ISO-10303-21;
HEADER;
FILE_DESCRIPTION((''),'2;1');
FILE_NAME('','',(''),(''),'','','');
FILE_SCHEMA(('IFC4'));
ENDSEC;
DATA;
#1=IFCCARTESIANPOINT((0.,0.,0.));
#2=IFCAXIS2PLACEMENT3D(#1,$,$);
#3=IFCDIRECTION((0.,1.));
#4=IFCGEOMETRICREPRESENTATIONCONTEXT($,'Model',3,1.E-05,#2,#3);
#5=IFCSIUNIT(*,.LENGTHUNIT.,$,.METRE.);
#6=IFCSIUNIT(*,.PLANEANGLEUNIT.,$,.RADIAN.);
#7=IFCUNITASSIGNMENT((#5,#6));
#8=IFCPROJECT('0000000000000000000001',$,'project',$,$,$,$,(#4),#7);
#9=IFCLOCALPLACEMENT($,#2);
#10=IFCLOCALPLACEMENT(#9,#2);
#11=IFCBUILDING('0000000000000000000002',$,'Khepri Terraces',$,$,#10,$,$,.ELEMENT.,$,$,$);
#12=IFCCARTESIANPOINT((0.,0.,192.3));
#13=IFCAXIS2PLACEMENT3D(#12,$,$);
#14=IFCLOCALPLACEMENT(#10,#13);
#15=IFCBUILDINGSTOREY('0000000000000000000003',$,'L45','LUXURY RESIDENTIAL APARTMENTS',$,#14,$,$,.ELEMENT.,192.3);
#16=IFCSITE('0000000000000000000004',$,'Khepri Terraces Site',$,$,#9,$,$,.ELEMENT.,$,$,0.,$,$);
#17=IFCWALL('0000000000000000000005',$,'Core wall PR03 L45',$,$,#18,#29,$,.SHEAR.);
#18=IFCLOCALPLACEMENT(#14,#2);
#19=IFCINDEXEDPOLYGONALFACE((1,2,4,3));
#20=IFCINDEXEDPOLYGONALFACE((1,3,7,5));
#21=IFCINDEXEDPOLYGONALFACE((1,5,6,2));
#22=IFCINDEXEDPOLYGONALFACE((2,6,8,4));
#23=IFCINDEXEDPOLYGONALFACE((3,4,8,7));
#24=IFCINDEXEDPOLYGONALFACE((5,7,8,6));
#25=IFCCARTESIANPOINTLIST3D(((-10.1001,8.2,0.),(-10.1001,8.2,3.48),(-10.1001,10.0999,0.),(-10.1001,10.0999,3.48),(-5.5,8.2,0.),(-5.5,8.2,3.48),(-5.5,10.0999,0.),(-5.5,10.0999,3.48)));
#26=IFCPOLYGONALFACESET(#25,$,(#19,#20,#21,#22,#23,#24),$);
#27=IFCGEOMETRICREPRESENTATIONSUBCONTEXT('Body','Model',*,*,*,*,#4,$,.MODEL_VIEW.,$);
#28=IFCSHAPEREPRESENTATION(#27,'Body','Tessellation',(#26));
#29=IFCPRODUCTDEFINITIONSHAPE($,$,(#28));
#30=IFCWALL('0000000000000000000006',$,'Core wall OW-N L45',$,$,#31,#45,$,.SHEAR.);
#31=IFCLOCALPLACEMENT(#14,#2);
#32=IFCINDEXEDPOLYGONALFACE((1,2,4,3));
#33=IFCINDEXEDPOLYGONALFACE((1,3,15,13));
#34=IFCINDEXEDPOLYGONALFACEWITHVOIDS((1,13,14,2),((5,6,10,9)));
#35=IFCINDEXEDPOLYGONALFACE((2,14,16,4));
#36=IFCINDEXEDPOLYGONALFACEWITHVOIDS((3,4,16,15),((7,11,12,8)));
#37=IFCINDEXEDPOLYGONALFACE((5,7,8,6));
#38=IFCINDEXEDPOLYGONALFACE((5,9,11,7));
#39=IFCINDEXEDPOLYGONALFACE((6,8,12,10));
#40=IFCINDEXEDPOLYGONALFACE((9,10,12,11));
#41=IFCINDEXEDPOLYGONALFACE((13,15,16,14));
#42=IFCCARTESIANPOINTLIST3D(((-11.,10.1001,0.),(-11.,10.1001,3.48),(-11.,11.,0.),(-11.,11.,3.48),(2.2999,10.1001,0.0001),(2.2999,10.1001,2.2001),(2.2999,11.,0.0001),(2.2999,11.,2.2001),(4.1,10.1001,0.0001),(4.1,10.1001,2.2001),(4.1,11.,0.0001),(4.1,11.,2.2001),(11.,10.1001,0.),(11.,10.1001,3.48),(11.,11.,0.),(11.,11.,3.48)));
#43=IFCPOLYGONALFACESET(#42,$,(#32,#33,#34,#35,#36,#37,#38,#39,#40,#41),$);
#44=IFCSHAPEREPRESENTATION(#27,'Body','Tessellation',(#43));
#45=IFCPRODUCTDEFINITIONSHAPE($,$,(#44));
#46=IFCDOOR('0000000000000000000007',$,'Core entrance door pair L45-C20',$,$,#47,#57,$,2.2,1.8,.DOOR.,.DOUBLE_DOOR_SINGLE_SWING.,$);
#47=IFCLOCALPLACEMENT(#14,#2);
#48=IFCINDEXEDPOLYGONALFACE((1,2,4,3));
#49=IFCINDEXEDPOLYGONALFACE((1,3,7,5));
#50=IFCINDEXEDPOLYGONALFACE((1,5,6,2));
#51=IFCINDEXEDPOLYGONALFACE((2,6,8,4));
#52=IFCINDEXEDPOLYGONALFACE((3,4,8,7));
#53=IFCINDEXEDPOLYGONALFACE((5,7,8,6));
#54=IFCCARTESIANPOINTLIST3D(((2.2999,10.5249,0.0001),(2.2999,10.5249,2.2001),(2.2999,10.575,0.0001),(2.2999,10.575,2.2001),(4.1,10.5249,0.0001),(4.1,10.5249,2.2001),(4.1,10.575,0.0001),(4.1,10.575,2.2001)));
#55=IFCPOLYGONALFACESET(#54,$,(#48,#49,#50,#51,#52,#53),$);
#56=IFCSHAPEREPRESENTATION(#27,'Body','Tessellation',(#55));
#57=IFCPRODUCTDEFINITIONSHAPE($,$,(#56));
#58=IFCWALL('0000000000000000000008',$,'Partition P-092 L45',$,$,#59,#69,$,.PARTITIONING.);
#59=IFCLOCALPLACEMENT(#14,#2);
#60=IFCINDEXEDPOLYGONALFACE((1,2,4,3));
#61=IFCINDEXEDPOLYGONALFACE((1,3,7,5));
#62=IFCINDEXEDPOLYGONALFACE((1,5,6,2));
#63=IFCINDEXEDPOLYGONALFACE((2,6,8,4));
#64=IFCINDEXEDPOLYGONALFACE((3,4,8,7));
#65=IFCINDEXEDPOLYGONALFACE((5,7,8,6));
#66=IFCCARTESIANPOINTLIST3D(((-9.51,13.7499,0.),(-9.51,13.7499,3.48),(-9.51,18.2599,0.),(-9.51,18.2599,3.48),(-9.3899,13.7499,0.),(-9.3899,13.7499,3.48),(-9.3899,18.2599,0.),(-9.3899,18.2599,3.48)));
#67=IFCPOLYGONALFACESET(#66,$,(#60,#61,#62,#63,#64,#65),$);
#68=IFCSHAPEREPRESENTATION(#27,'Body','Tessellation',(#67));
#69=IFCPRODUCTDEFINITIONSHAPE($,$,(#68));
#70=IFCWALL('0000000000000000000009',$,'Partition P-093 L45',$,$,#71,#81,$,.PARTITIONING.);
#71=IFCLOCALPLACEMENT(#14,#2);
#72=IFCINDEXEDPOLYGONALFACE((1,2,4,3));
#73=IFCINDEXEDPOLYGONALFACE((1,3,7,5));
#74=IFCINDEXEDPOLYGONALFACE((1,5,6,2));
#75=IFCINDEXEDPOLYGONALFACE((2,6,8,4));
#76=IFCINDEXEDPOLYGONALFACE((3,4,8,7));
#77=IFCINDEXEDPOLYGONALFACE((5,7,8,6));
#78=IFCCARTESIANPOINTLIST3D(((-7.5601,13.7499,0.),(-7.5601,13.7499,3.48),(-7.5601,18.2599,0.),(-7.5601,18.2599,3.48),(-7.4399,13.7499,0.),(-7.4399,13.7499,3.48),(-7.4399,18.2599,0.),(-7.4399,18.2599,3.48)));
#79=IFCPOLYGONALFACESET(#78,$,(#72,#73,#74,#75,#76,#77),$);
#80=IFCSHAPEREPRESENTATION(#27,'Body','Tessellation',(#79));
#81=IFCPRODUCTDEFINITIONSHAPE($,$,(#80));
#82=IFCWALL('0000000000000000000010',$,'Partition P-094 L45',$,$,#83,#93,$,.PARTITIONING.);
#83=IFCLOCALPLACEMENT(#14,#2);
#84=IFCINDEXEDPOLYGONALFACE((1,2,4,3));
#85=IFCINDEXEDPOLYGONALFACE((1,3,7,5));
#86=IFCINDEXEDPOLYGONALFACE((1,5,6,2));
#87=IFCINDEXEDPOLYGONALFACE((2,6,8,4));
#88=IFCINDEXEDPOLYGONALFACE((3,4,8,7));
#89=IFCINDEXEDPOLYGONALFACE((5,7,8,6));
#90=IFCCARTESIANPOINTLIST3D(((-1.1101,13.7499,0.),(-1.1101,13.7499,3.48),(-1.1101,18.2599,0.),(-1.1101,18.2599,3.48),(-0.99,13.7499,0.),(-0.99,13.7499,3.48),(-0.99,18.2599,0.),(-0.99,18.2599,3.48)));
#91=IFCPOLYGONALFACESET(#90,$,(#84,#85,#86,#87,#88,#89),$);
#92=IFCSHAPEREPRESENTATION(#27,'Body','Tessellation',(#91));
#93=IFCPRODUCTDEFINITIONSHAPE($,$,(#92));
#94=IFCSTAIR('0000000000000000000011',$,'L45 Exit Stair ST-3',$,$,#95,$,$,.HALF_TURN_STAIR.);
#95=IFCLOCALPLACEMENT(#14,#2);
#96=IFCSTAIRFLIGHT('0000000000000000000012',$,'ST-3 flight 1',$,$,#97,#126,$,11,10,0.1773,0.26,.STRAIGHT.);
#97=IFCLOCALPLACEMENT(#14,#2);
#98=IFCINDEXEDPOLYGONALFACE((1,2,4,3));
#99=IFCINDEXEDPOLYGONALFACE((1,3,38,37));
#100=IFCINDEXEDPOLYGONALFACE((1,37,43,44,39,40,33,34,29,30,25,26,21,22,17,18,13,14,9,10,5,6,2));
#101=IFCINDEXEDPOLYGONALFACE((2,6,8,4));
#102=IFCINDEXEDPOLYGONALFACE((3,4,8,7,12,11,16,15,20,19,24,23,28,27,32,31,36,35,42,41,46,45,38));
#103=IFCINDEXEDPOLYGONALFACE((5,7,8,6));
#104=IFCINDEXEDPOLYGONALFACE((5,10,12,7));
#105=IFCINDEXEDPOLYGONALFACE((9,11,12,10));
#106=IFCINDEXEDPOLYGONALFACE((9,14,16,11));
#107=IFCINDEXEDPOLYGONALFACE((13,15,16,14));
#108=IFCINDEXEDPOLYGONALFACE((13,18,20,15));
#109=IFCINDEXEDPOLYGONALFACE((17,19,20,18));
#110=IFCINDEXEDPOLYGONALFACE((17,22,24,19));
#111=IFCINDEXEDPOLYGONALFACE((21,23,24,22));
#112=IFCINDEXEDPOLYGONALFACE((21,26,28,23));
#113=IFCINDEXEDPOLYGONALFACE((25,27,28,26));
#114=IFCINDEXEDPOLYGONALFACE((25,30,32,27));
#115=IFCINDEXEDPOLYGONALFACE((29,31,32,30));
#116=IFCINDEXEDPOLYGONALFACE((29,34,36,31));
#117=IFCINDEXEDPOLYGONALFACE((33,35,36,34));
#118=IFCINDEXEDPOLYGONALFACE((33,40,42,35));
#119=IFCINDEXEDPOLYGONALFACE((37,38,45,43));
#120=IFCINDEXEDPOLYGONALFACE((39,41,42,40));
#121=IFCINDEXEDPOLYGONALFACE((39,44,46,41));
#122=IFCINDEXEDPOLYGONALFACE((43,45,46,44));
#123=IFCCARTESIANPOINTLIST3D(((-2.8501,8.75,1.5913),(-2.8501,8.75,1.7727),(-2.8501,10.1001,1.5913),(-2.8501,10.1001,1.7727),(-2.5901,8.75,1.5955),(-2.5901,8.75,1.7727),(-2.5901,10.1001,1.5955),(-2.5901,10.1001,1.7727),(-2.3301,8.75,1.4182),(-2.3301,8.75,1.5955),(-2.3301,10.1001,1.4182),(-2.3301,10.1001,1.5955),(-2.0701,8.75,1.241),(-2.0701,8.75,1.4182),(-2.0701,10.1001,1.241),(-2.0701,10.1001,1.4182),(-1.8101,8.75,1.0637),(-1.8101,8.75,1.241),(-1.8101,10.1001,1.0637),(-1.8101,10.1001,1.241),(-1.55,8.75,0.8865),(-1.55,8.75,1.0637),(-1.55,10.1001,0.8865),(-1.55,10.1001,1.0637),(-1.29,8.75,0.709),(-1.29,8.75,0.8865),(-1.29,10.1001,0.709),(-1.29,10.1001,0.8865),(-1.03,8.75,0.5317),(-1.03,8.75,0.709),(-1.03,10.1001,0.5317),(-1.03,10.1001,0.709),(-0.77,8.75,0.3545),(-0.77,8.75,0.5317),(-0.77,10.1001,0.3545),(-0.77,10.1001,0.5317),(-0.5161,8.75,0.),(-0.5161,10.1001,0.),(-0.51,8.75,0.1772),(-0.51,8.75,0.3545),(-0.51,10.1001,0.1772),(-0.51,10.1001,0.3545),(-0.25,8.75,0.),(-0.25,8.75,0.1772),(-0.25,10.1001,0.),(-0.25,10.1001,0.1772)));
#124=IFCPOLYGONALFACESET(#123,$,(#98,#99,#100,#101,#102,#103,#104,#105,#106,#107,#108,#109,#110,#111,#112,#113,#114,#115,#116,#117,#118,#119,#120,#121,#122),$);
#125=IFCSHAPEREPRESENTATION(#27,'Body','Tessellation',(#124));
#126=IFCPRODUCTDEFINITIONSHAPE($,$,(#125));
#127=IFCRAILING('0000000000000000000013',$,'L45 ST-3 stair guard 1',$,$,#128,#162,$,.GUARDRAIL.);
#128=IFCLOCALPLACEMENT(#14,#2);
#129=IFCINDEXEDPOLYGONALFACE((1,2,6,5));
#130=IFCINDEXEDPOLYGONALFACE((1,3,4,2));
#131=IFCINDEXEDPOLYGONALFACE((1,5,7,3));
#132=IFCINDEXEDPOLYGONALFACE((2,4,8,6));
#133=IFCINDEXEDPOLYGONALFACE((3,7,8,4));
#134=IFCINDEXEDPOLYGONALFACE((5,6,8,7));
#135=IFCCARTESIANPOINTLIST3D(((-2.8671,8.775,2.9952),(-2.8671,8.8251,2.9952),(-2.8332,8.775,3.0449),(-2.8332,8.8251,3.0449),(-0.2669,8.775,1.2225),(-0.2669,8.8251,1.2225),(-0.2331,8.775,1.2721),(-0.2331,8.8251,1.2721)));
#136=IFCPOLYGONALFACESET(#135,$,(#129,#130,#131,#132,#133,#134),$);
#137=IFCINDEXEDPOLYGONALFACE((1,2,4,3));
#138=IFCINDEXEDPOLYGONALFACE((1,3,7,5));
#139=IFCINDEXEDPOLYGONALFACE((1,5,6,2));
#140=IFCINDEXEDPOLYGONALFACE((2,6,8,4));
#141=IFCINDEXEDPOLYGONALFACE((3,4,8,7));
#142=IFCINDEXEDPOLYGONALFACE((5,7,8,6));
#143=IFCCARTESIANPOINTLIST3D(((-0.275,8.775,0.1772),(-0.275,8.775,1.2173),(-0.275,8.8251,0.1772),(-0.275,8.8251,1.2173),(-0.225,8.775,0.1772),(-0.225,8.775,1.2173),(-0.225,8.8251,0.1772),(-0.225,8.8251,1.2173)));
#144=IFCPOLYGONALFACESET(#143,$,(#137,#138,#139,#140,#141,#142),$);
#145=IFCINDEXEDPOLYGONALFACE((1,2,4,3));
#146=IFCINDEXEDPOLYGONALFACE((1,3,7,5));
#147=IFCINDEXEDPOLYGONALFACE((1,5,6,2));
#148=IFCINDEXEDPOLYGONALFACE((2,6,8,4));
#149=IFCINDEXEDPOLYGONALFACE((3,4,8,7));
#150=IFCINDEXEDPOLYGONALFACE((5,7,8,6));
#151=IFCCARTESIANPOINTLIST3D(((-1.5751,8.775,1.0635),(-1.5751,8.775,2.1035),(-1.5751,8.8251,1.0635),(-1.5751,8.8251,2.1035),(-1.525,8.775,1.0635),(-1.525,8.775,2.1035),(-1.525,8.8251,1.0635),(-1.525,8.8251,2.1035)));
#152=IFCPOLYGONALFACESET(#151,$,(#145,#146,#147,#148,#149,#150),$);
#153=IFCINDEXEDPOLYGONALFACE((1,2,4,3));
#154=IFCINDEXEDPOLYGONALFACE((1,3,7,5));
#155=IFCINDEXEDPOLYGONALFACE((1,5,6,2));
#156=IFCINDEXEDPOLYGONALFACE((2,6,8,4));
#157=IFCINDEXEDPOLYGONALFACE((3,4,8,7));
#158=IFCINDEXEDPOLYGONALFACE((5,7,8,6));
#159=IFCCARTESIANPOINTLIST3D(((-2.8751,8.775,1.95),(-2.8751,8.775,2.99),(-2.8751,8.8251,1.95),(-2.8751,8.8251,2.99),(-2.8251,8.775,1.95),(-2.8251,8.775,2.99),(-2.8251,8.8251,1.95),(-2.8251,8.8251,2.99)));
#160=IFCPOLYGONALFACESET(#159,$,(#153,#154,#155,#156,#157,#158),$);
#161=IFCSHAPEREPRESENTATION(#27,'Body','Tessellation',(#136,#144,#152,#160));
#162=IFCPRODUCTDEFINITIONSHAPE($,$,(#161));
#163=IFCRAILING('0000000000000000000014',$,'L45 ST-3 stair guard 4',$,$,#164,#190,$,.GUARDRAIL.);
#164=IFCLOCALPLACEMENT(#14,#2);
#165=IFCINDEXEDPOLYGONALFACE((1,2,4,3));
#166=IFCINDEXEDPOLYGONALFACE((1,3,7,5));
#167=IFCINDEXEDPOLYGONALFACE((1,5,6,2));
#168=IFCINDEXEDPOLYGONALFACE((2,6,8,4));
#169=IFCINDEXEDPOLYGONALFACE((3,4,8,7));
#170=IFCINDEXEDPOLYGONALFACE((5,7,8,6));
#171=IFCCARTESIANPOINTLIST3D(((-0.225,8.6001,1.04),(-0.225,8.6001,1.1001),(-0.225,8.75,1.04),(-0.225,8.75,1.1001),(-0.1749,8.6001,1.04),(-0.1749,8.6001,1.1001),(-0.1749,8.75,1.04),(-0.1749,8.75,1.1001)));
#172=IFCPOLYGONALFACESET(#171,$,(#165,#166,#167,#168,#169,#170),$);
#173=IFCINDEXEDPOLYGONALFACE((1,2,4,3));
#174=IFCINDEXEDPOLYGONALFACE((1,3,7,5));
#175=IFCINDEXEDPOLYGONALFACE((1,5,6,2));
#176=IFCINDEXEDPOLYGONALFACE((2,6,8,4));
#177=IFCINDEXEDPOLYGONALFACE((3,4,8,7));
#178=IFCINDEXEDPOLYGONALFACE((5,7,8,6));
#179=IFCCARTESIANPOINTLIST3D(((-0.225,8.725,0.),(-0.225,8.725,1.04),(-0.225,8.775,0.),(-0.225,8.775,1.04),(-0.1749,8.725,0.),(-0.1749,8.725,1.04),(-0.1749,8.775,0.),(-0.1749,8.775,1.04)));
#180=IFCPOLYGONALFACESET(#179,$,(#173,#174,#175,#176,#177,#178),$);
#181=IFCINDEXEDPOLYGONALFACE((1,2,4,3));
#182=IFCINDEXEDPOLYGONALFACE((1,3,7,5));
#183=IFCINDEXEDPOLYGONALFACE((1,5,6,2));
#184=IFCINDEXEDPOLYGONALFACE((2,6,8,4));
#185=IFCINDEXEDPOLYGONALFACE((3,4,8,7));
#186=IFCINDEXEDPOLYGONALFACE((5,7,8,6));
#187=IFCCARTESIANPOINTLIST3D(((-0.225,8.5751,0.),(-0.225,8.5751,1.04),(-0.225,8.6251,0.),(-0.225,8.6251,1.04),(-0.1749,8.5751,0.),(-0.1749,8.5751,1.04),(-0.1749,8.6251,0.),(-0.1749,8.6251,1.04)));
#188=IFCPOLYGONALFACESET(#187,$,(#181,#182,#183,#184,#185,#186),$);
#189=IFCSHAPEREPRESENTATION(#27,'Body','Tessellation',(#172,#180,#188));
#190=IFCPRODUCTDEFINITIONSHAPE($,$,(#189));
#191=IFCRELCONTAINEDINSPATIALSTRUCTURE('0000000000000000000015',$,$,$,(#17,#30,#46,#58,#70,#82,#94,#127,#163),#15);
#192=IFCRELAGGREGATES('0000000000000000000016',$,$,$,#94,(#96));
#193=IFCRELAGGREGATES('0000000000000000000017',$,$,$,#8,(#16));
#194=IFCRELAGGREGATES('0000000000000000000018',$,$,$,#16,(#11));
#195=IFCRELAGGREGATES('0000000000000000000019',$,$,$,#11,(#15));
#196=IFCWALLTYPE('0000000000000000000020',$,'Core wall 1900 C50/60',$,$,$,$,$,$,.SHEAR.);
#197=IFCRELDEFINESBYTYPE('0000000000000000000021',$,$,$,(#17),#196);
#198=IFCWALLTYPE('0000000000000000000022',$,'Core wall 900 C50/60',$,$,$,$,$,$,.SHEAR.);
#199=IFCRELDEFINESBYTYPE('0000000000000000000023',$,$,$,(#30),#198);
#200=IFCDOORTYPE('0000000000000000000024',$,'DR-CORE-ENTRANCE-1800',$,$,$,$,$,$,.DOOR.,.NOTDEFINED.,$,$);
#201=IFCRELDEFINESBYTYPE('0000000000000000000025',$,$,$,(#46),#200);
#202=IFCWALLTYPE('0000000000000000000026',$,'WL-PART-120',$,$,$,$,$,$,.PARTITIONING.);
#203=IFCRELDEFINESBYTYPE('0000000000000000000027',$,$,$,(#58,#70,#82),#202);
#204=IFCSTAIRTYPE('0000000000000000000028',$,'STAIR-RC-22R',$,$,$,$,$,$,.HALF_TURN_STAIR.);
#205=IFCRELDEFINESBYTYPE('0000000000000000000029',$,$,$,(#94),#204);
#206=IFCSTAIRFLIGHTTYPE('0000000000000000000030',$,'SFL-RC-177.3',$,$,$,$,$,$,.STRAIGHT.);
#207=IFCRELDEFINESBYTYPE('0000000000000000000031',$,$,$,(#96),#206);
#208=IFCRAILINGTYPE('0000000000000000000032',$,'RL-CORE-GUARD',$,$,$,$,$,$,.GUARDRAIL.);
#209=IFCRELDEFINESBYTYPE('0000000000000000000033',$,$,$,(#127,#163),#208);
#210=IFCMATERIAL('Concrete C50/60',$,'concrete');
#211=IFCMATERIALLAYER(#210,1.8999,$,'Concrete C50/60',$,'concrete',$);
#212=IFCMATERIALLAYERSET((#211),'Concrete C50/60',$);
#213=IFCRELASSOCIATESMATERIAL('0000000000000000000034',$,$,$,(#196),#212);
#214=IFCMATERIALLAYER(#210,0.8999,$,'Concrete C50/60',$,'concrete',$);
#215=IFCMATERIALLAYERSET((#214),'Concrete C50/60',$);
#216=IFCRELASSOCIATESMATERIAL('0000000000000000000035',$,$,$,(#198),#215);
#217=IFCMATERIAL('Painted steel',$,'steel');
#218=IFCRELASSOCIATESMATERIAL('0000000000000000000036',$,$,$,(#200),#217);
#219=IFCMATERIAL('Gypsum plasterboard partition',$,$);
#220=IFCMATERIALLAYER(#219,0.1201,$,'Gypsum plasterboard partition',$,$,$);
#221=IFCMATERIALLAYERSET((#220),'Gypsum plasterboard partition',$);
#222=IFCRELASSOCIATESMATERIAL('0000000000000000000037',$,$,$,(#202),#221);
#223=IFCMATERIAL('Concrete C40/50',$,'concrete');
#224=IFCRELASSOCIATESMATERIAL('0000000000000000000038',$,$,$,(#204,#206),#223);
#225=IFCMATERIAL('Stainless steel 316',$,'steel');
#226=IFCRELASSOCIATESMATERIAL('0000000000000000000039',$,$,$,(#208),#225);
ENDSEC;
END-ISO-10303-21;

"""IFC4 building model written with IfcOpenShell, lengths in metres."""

from ifc_helpers import new_model, si_unit, direction, frame, frame_2d, origin, origin_2d, place, context, subcontext, project, spatial, polyline, rectangle, outline, extrude, material, layer, layer_set, type_object, element, fill, aggregate, save


model = new_model("IFC4")

# Units and contexts
model_context = context("Model", 3, precision=1e-05, world=origin(), true_north=direction((0.0, 1.0)))
body_context = subcontext(model_context, "Body", "Model", "MODEL_VIEW")
ifc_project = project(units=[si_unit("LENGTHUNIT", "METRE"), si_unit("PLANEANGLEUNIT", "RADIAN")], contexts=[model_context])

# Site, building, storey
site_placement = place(None, origin())
site = spatial("IfcSite", under=ifc_project, at=site_placement, Name="Khepri Terraces Site", CompositionType="ELEMENT", RefElevation=0.0)
building_placement = place(site_placement, origin())
building = spatial("IfcBuilding", under=site, at=building_placement, Name="Khepri Terraces", CompositionType="ELEMENT")
storey_placement = place(building_placement, frame((0.0, 0.0, 192.3)))
storey = spatial("IfcBuildingStorey", under=building, at=storey_placement, Name="L45", Description="LUXURY RESIDENTIAL APARTMENTS", CompositionType="ELEMENT", Elevation=192.3)

# Wall
ifc_material_1 = material(Name="Concrete C50/60", Category="concrete")
ifc_layer_1 = layer(ifc_material_1, 1.8999, Name="Concrete C50/60", Category="concrete")
ifc_layer_set_1 = layer_set([ifc_layer_1], Name="Concrete C50/60")
wall_type_1 = type_object("IfcWallType", Name="Core wall 1900 C50/60", PredefinedType="SHEAR", material=ifc_layer_set_1)
wall_1_placement = place(storey_placement, frame((-10.1001, 9.1499, 0.0), z_axis=(0.0, 0.0, 1.0), x_axis=(1.0, 0.0, 0.0)))
element("IfcWall", 1, at=wall_1_placement, inside=storey, type_object=wall_type_1, Name="Core wall PR03 L45", PredefinedType="SHEAR", context=body_context, shape_type="SweptSolid", body=[
    extrude(rectangle(XDim=4.6001, YDim=1.8999, at=frame_2d((2.3, 0.0))), origin(), (0.0, 0.0, 1.0), 3.48),
])

# Wall, opening, door
ifc_layer_2 = layer(ifc_material_1, 0.8999, Name="Concrete C50/60", Category="concrete")
ifc_layer_set_2 = layer_set([ifc_layer_2], Name="Concrete C50/60")
wall_type_2 = type_object("IfcWallType", Name="Core wall 900 C50/60", PredefinedType="SHEAR", material=ifc_layer_set_2)
wall_2_placement = place(storey_placement, frame((-11.0, 10.55, 0.0), z_axis=(0.0, 0.0, 1.0), x_axis=(1.0, 0.0, 0.0)))
wall_2 = element("IfcWall", 2, at=wall_2_placement, inside=storey, type_object=wall_type_2, Name="Core wall OW-N L45", PredefinedType="SHEAR", context=body_context, shape_type="SweptSolid", body=[
    extrude(rectangle(XDim=22.0, YDim=0.8999, at=frame_2d((11.0, 0.0))), origin(), (0.0, 0.0, 1.0), 3.48),
])
opening_placement = place(wall_2_placement, frame((13.3, 0.0, 0.0)))
opening = element("IfcOpeningElement", 3, at=opening_placement, cuts=wall_2, PredefinedType="OPENING", context=body_context, shape_type="SweptSolid", body=[
    extrude(rectangle(XDim=1.8, YDim=2.2, at=frame_2d((0.8999, 1.1001))), frame((0.0, 0.46, 0.0), z_axis=(0.0, -1.0, 0.0), x_axis=(1.0, 0.0, 0.0)), (0.0, 0.0, 1.0), 0.9199),
])
ifc_material_2 = material(Name="Painted steel", Category="steel")
door_type = type_object("IfcDoorType", Name="DR-CORE-ENTRANCE-1800", OperationType="NOTDEFINED", PredefinedType="DOOR", material=ifc_material_2)
door_placement = place(opening_placement, origin())
door = element("IfcDoor", 4, at=door_placement, inside=storey, type_object=door_type, Name="Core entrance door pair L45-C20", OperationType="DOUBLE_DOOR_SINGLE_SWING", OverallHeight=2.2, OverallWidth=1.8, PredefinedType="DOOR", context=body_context, shape_type="SweptSolid", body=[
    extrude(rectangle(XDim=1.8, YDim=2.2, at=frame_2d((0.8999, 1.1001))), frame((0.0, 0.0249, 0.0), z_axis=(0.0, -1.0, 0.0), x_axis=(1.0, 0.0, 0.0)), (0.0, 0.0, 1.0), 0.05),
])
fill(opening, door)

# Walls
ifc_material_3 = material(Name="Gypsum plasterboard partition")
ifc_layer_3 = layer(ifc_material_3, 0.1201, Name="Gypsum plasterboard partition")
ifc_layer_set_3 = layer_set([ifc_layer_3], Name="Gypsum plasterboard partition")
wall_type_3 = type_object("IfcWallType", Name="WL-PART-120", PredefinedType="PARTITIONING", material=ifc_layer_set_3)
for number, where, z_axis, x_axis, name in (
    (5, (-9.45, 13.75, 0.0), (0.0, 0.0, 1.0), (0.0, 1.0, 0.0), "Partition P-092 L45"),
    (6, (-7.5, 13.75, 0.0), (0.0, 0.0, 1.0), (0.0, 1.0, 0.0), "Partition P-093 L45"),
    (7, (-1.05, 13.75, 0.0), (0.0, 0.0, 1.0), (0.0, 1.0, 0.0), "Partition P-094 L45"),
):
    element("IfcWall", number, at=place(storey_placement, frame(where, z_axis=z_axis, x_axis=x_axis)), inside=storey, type_object=wall_type_3, Name=name, PredefinedType="PARTITIONING", context=body_context, shape_type="SweptSolid", body=[
        extrude(rectangle(XDim=4.51, YDim=0.1201, at=frame_2d((2.2549, 0.0))), origin(), (0.0, 0.0, 1.0), 3.48),
    ])

# Stair, stair flight
ifc_material_4 = material(Name="Concrete C40/50", Category="concrete")
stair_type = type_object("IfcStairType", Name="STAIR-RC-22R", PredefinedType="HALF_TURN_STAIR", material=ifc_material_4)
stair_placement = place(storey_placement, origin())
stair = element("IfcStair", 8, at=stair_placement, inside=storey, type_object=stair_type, Name="L45 Exit Stair ST-3", PredefinedType="HALF_TURN_STAIR")
stair_flight_type = type_object("IfcStairFlightType", Name="SFL-RC-177.3", PredefinedType="STRAIGHT", material=ifc_material_4)
stair_flight_placement = place(storey_placement, frame((-0.25, 9.425, 0.0), z_axis=(0.0, 0.0, 1.0), x_axis=(-1.0, 0.0, 0.0)))
stair_flight = element("IfcStairFlight", 9, at=stair_flight_placement, type_object=stair_flight_type, Name="ST-3 flight 1", NumberOfRisers=11, NumberOfTreads=10, PredefinedType="STRAIGHT", RiserHeight=0.1773, TreadLength=0.26, context=body_context, shape_type="SweptSolid", body=[
    extrude(outline(polyline([(0.0, 0.0), (0.0, 0.1772), (0.26, 0.1772), (0.26, 0.3545), (0.52, 0.3545), (0.52, 0.5317), (0.78, 0.5317), (0.78, 0.709), (1.04, 0.709), (1.04, 0.8865), (1.3, 0.8865), (1.3, 1.0637), (1.5601, 1.0637), (1.5601, 1.241), (1.8201, 1.241), (1.8201, 1.4182), (2.0801, 1.4182), (2.0801, 1.5955), (2.3401, 1.5955), (2.3401, 1.7727), (2.6001, 1.7727), (2.6001, 1.95), (2.6001, 1.5913), (0.2661, 0.0), (0.0, 0.0)])), frame((0.0, 0.675, 0.0), z_axis=(0.0, -1.0, 0.0), x_axis=(1.0, 0.0, 0.0)), (0.0, 0.0, 1.0), 1.3501),
])
aggregate(stair, [stair_flight])

# Railings
ifc_material_5 = material(Name="Stainless steel 316", Category="steel")
railing_type_1 = type_object("IfcRailingType", Name="RL-CORE-GUARD", PredefinedType="GUARDRAIL", material=ifc_material_5)
railing_1_placement = place(storey_placement, frame((-0.25, 8.8, 0.1772)))
element("IfcRailing", 10, at=railing_1_placement, inside=storey, type_object=railing_type_1, Name="L45 ST-3 stair guard 1", PredefinedType="GUARDRAIL", context=body_context, shape_type="SweptSolid", body=[
    extrude(rectangle(XDim=0.05, YDim=0.0601, at=origin_2d()), frame((0.0, 0.0, 1.0701), z_axis=(-0.82624, 0.0, 0.563318), x_axis=(0.0, -1.0, 0.0)), (0.0, 0.0, 1.0), 3.147),
    extrude(rectangle(XDim=0.05, YDim=0.05, at=origin_2d()), origin(), (0.0, 0.0, 1.0), 1.04),
    extrude(rectangle(XDim=0.05, YDim=0.05, at=origin_2d()), frame((-1.3, 0.0, 0.8862)), (0.0, 0.0, 1.0), 1.04),
    extrude(rectangle(XDim=0.05, YDim=0.05, at=origin_2d()), frame((-2.6001, 0.0, 1.7727)), (0.0, 0.0, 1.0), 1.04),
])
railing_2_placement = place(storey_placement, frame((-0.2, 8.75, 0.0)))
element("IfcRailing", 11, at=railing_2_placement, inside=storey, type_object=railing_type_1, Name="L45 ST-3 stair guard 4", PredefinedType="GUARDRAIL", context=body_context, shape_type="SweptSolid", body=[
    extrude(rectangle(XDim=0.05, YDim=0.0601, at=origin_2d()), frame((0.0, 0.0, 1.0701), z_axis=(0.0, -1.0, 0.0), x_axis=(1.0, 0.0, 0.0)), (0.0, 0.0, 1.0), 0.1499),
    extrude(rectangle(XDim=0.05, YDim=0.05, at=origin_2d()), origin(), (0.0, 0.0, 1.0), 1.04),
    extrude(rectangle(XDim=0.05, YDim=0.05, at=origin_2d()), frame((0.0, -0.1499, 0.0)), (0.0, 0.0, 1.0), 1.04),
])

save(model, "model.ifc")
